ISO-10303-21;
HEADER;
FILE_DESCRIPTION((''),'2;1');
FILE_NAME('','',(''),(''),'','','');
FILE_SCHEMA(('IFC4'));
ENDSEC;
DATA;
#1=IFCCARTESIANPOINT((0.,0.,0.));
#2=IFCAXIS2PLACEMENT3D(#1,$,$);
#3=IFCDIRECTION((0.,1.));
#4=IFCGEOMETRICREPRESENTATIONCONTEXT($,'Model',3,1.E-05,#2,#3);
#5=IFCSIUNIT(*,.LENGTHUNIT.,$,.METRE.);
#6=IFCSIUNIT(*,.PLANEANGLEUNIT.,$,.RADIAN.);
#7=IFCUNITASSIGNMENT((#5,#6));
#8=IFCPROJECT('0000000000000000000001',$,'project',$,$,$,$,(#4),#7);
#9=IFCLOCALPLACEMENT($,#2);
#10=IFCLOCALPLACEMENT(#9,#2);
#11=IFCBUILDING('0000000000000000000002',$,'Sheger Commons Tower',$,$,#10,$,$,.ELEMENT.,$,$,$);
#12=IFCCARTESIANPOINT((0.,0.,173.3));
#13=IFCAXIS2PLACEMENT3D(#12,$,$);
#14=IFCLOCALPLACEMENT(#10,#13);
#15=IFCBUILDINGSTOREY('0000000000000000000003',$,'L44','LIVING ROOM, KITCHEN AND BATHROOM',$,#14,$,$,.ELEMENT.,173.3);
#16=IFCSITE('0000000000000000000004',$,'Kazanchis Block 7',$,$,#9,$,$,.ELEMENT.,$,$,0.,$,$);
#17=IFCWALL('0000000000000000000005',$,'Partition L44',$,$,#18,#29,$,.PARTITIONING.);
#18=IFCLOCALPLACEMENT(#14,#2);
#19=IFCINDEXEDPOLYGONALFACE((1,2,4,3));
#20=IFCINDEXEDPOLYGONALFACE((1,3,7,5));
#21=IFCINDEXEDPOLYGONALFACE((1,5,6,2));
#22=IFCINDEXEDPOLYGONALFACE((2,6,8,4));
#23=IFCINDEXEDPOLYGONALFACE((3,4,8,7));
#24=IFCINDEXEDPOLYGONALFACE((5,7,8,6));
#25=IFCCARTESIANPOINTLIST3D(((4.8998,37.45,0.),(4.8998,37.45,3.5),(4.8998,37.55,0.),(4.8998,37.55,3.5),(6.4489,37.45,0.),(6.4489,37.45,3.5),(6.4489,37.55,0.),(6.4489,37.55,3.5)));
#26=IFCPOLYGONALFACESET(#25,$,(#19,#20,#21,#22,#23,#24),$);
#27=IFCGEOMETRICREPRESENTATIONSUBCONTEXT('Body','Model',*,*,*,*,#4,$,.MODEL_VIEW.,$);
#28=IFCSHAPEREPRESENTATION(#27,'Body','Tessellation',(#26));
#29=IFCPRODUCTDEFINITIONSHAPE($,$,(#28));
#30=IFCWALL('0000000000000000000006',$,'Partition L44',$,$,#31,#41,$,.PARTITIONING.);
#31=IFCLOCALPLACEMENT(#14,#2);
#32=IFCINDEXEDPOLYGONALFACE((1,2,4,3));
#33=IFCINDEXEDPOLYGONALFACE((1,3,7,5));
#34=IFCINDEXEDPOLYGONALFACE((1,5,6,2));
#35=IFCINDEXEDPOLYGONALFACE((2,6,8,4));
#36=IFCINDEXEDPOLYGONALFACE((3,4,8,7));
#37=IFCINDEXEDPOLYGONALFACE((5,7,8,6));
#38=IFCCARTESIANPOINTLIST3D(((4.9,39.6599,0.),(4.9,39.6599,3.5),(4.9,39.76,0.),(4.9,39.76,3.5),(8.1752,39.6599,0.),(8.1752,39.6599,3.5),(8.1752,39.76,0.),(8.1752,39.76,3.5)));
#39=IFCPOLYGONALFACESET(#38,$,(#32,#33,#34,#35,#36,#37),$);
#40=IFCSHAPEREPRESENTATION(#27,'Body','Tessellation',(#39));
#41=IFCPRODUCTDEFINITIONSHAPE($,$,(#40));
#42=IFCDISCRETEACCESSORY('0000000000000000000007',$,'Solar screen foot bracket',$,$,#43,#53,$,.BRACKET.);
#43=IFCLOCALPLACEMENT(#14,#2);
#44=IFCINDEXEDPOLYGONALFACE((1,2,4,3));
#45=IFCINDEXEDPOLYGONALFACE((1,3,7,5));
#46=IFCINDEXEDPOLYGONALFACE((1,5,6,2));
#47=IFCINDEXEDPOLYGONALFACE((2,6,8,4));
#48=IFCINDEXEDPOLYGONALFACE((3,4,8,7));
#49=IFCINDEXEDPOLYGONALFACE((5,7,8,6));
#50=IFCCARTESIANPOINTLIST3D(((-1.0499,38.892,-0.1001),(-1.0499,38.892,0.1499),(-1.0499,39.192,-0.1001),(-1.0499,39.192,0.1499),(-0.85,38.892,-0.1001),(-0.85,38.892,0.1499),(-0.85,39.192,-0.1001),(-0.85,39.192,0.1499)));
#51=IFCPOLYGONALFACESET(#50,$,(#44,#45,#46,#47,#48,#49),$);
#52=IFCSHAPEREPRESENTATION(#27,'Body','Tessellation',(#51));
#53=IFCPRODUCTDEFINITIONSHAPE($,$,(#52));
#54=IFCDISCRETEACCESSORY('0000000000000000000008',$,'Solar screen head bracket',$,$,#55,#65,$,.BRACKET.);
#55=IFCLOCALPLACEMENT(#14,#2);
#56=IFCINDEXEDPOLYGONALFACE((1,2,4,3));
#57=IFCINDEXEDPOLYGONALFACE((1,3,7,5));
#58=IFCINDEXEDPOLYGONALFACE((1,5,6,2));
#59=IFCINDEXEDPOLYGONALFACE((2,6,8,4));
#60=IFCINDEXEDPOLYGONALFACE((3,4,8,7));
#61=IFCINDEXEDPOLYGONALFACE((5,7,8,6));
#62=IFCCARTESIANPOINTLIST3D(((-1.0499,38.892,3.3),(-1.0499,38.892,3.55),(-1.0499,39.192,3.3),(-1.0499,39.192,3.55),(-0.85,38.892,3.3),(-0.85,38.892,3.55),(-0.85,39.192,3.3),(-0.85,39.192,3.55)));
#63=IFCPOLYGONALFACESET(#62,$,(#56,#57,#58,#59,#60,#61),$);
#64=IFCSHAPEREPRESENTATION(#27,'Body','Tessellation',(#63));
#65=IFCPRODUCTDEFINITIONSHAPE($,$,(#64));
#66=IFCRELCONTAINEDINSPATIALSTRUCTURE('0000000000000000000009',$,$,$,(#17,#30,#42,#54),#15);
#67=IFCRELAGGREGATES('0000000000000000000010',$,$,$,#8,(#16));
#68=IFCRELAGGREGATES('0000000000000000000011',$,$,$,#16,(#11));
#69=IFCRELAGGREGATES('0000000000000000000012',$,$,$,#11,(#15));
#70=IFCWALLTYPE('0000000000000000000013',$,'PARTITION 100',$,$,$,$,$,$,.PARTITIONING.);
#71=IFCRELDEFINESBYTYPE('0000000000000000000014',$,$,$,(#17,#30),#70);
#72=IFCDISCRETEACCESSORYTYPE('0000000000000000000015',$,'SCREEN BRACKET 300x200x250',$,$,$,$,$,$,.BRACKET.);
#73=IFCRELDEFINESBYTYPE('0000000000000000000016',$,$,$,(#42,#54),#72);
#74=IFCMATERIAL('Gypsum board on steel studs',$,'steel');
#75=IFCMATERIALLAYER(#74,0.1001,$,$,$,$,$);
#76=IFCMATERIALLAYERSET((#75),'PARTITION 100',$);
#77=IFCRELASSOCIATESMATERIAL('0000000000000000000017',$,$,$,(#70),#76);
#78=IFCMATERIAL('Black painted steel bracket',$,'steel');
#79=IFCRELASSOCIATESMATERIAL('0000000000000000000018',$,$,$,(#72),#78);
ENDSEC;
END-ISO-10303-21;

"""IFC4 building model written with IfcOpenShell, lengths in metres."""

from ifc_helpers import new_model, si_unit, direction, frame, frame_2d, origin, origin_2d, place, context, subcontext, project, spatial, rectangle, extrude, material, layer, layer_set, type_object, element, save


model = new_model("IFC4")

# Units and contexts
model_context = context("Model", 3, precision=1e-05, world=origin(), true_north=direction((0.0, 1.0)))
body_context = subcontext(model_context, "Body", "Model", "MODEL_VIEW")
ifc_project = project(units=[si_unit("LENGTHUNIT", "METRE"), si_unit("PLANEANGLEUNIT", "RADIAN")], contexts=[model_context])

# Site, building, storey
site_placement = place(None, origin())
site = spatial("IfcSite", under=ifc_project, at=site_placement, Name="Kazanchis Block 7", CompositionType="ELEMENT", RefElevation=0.0)
building_placement = place(site_placement, origin())
building = spatial("IfcBuilding", under=site, at=building_placement, Name="Sheger Commons Tower", CompositionType="ELEMENT")
storey_placement = place(building_placement, frame((0.0, 0.0, 173.3)))
storey = spatial("IfcBuildingStorey", under=building, at=storey_placement, Name="L44", Description="LIVING ROOM, KITCHEN AND BATHROOM", CompositionType="ELEMENT", Elevation=173.3)

# Shared definitions
ifc_material_1 = material(Name="Gypsum board on steel studs", Category="steel")
ifc_layer_1 = layer(ifc_material_1, 0.1001)
ifc_layer_set_1 = layer_set([ifc_layer_1], Name="PARTITION 100")
wall_type_1 = type_object("IfcWallType", Name="PARTITION 100", PredefinedType="PARTITIONING", material=ifc_layer_set_1)

# Walls
wall_1_placement = place(storey_placement, frame((4.8999, 37.5, 0.0), z_axis=(0.0, 0.0, 1.0), x_axis=(1.0, 0.0, 0.0)))
element("IfcWall", 1, at=wall_1_placement, inside=storey, type_object=wall_type_1, Name="Partition L44", PredefinedType="PARTITIONING", context=body_context, shape_type="SweptSolid", body=[
    extrude(rectangle(XDim=1.5491, YDim=0.1001, at=frame_2d((0.7744, 0.0))), origin(), (0.0, 0.0, 1.0), 3.5),
])
wall_2_placement = place(storey_placement, frame((4.8999, 39.71, 0.0), z_axis=(0.0, 0.0, 1.0), x_axis=(1.0, 0.0, 0.0)))
element("IfcWall", 2, at=wall_2_placement, inside=storey, type_object=wall_type_1, Name="Partition L44", PredefinedType="PARTITIONING", context=body_context, shape_type="SweptSolid", body=[
    extrude(rectangle(XDim=3.2751, YDim=0.1001, at=frame_2d((1.6377, 0.0))), origin(), (0.0, 0.0, 1.0), 3.5),
])

# Discrete accessories
ifc_material_2 = material(Name="Black painted steel bracket", Category="steel")
discrete_accessory_type = type_object("IfcDiscreteAccessoryType", Name="SCREEN BRACKET 300x200x250", PredefinedType="BRACKET", material=ifc_material_2)
for number, where, z_axis, x_axis, name in (
    (3, (-0.95, 39.042, -0.1001), (0.0, 0.0, 1.0), (0.0, -1.0, 0.0), "Solar screen foot bracket"),
    (4, (-0.95, 39.042, 3.3), (0.0, 0.0, 1.0), (0.0, -1.0, 0.0), "Solar screen head bracket"),
):
    element("IfcDiscreteAccessory", number, at=place(storey_placement, frame(where, z_axis=z_axis, x_axis=x_axis)), inside=storey, type_object=discrete_accessory_type, Name=name, PredefinedType="BRACKET", context=body_context, shape_type="SweptSolid", body=[
        extrude(rectangle(XDim=0.3, YDim=0.2, at=origin_2d()), origin(), (0.0, 0.0, 1.0), 0.25),
    ])

save(model, "model.ifc")
